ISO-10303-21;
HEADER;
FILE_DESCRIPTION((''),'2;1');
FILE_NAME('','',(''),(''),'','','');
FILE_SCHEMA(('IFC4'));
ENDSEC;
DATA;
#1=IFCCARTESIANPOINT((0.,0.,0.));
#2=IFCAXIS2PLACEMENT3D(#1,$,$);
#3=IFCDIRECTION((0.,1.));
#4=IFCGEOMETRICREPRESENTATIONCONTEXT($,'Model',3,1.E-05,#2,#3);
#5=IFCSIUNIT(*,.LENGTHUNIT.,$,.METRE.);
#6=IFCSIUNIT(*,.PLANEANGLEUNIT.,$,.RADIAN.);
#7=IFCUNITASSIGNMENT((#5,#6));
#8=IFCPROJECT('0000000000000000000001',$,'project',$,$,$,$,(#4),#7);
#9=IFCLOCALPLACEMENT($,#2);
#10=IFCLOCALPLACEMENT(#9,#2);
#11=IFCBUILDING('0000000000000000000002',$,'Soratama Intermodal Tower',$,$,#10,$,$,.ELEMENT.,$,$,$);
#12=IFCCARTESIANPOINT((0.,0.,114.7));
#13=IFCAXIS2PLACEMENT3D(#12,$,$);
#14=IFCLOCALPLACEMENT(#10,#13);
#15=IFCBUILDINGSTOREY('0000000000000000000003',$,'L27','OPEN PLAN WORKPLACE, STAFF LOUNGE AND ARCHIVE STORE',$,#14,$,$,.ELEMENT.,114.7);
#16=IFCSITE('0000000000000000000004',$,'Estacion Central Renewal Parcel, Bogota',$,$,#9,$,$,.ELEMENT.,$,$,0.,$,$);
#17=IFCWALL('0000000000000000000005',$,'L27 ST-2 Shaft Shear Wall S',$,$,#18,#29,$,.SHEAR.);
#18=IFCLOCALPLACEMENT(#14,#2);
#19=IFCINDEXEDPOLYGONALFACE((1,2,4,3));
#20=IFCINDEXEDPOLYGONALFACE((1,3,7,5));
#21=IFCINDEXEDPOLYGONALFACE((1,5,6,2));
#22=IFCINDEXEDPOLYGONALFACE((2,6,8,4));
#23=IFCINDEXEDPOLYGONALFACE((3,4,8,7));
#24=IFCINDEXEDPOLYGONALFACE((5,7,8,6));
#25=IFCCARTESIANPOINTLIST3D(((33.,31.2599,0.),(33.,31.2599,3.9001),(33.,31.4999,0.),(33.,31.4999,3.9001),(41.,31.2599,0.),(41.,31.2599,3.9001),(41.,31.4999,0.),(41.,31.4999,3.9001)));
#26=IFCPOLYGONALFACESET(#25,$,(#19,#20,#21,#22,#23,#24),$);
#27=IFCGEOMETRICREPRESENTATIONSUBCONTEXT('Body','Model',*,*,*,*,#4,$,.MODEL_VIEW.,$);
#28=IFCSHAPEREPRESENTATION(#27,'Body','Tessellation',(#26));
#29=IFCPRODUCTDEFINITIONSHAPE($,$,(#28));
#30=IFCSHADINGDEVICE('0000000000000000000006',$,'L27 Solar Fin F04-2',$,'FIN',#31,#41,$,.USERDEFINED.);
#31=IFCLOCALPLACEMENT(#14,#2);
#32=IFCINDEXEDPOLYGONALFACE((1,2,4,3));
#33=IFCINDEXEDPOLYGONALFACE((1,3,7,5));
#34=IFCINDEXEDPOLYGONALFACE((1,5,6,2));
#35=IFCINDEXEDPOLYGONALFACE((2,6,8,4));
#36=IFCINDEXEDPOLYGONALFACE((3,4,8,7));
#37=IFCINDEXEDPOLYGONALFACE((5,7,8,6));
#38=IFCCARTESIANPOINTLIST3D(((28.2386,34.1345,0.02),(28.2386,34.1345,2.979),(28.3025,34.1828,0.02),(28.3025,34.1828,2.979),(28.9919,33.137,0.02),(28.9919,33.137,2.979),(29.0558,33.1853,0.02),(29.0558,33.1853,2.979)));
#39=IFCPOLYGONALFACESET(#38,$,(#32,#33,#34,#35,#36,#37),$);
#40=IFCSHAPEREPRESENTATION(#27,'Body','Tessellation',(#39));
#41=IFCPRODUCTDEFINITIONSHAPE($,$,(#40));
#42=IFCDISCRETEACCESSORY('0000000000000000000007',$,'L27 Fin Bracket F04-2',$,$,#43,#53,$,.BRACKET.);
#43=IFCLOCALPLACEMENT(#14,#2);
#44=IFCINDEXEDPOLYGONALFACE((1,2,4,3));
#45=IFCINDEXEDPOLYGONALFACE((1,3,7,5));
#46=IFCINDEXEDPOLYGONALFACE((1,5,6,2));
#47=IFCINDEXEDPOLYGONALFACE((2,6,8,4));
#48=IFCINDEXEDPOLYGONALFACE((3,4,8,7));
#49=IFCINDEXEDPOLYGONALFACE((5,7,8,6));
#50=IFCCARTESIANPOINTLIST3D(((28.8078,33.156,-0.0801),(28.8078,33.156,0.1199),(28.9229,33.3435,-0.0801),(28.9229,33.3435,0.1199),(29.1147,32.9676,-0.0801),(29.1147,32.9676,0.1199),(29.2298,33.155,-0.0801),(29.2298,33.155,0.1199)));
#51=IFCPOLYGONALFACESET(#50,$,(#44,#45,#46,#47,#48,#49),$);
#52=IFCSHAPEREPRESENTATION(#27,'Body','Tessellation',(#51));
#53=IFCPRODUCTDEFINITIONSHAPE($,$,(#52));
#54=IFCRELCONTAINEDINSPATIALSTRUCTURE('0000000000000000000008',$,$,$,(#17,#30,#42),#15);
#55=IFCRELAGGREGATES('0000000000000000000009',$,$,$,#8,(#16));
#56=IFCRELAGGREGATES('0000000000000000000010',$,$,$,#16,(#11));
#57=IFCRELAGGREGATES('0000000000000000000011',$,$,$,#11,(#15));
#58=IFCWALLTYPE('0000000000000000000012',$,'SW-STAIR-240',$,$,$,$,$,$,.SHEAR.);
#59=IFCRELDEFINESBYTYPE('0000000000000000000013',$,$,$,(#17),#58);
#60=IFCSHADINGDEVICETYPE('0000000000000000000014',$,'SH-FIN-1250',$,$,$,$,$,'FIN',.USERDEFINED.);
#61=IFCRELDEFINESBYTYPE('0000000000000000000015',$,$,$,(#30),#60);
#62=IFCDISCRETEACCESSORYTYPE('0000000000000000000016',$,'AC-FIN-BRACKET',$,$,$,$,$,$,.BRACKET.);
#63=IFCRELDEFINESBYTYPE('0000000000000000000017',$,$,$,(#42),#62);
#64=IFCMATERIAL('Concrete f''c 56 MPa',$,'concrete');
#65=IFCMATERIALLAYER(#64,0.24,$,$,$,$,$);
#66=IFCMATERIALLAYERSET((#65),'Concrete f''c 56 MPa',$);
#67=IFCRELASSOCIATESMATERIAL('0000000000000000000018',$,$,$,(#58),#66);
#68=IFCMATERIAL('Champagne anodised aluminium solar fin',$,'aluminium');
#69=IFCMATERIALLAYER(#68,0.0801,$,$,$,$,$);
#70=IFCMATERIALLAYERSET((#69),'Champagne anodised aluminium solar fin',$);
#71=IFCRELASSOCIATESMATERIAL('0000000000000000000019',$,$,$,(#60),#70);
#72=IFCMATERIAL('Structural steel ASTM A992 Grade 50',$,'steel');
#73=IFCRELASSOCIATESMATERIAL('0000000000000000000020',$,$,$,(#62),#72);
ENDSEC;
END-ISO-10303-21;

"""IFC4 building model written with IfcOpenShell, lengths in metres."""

from ifc_helpers import new_model, si_unit, direction, frame, frame_2d, origin, origin_2d, place, context, subcontext, project, spatial, rectangle, extrude, material, layer, layer_set, type_object, element, save


model = new_model("IFC4")

# Units and contexts
model_context = context("Model", 3, precision=1e-05, world=origin(), true_north=direction((0.0, 1.0)))
body_context = subcontext(model_context, "Body", "Model", "MODEL_VIEW")
ifc_project = project(units=[si_unit("LENGTHUNIT", "METRE"), si_unit("PLANEANGLEUNIT", "RADIAN")], contexts=[model_context])

# Site, building, storey
site_placement = place(None, origin())
site = spatial("IfcSite", under=ifc_project, at=site_placement, Name="Estacion Central Renewal Parcel, Bogota", CompositionType="ELEMENT", RefElevation=0.0)
building_placement = place(site_placement, origin())
building = spatial("IfcBuilding", under=site, at=building_placement, Name="Soratama Intermodal Tower", CompositionType="ELEMENT")
storey_placement = place(building_placement, frame((0.0, 0.0, 114.7)))
storey = spatial("IfcBuildingStorey", under=building, at=storey_placement, Name="L27", Description="OPEN PLAN WORKPLACE, STAFF LOUNGE AND ARCHIVE STORE", CompositionType="ELEMENT", Elevation=114.7)

# Wall
ifc_material_1 = material(Name="Concrete f'c 56 MPa", Category="concrete")
ifc_layer_1 = layer(ifc_material_1, 0.24)
ifc_layer_set_1 = layer_set([ifc_layer_1], Name="Concrete f'c 56 MPa")
wall_type_1 = type_object("IfcWallType", Name="SW-STAIR-240", PredefinedType="SHEAR", material=ifc_layer_set_1)
wall_1_placement = place(storey_placement, frame((33.0, 31.3799, 0.0), z_axis=(0.0, 0.0, 1.0), x_axis=(1.0, 0.0, 0.0)))
element("IfcWall", 1, at=wall_1_placement, inside=storey, type_object=wall_type_1, Name="L27 ST-2 Shaft Shear Wall S", PredefinedType="SHEAR", context=body_context, shape_type="SweptSolid", body=[
    extrude(rectangle(XDim=8.0, YDim=0.24, at=frame_2d((4.0, 0.0))), origin(), (0.0, 0.0, 1.0), 3.9001),
])

# Shading device
ifc_material_2 = material(Name="Champagne anodised aluminium solar fin", Category="aluminium")
ifc_layer_2 = layer(ifc_material_2, 0.0801)
ifc_layer_set_2 = layer_set([ifc_layer_2], Name="Champagne anodised aluminium solar fin")
shading_device_type = type_object("IfcShadingDeviceType", Name="SH-FIN-1250", ElementType="FIN", PredefinedType="USERDEFINED", material=ifc_layer_set_2)
shading_device_placement = place(storey_placement, frame((28.6472, 33.6599, 0.02), z_axis=(0.0, 0.0, 1.0), x_axis=(-0.602651, 0.798005, 0.0)))
element("IfcShadingDevice", 2, at=shading_device_placement, inside=storey, type_object=shading_device_type, Name="L27 Solar Fin F04-2", ObjectType="FIN", PredefinedType="USERDEFINED", context=body_context, shape_type="SweptSolid", body=[
    extrude(rectangle(XDim=1.25, YDim=0.0801, at=origin_2d()), origin(), (0.0, 0.0, 1.0), 2.959),
])

# Discrete accessory
ifc_material_3 = material(Name="Structural steel ASTM A992 Grade 50", Category="steel")
discrete_accessory_type = type_object("IfcDiscreteAccessoryType", Name="AC-FIN-BRACKET", PredefinedType="BRACKET", material=ifc_material_3)
discrete_accessory_placement = place(storey_placement, frame((29.0188, 33.1555, -0.0801), z_axis=(0.0, 0.0, 1.0), x_axis=(-0.852093, 0.523391, 0.0)))
element("IfcDiscreteAccessory", 3, at=discrete_accessory_placement, inside=storey, type_object=discrete_accessory_type, Name="L27 Fin Bracket F04-2", PredefinedType="BRACKET", context=body_context, shape_type="SweptSolid", body=[
    extrude(rectangle(XDim=0.3601, YDim=0.22, at=origin_2d()), origin(), (0.0, 0.0, 1.0), 0.2),
])

save(model, "model.ifc")
